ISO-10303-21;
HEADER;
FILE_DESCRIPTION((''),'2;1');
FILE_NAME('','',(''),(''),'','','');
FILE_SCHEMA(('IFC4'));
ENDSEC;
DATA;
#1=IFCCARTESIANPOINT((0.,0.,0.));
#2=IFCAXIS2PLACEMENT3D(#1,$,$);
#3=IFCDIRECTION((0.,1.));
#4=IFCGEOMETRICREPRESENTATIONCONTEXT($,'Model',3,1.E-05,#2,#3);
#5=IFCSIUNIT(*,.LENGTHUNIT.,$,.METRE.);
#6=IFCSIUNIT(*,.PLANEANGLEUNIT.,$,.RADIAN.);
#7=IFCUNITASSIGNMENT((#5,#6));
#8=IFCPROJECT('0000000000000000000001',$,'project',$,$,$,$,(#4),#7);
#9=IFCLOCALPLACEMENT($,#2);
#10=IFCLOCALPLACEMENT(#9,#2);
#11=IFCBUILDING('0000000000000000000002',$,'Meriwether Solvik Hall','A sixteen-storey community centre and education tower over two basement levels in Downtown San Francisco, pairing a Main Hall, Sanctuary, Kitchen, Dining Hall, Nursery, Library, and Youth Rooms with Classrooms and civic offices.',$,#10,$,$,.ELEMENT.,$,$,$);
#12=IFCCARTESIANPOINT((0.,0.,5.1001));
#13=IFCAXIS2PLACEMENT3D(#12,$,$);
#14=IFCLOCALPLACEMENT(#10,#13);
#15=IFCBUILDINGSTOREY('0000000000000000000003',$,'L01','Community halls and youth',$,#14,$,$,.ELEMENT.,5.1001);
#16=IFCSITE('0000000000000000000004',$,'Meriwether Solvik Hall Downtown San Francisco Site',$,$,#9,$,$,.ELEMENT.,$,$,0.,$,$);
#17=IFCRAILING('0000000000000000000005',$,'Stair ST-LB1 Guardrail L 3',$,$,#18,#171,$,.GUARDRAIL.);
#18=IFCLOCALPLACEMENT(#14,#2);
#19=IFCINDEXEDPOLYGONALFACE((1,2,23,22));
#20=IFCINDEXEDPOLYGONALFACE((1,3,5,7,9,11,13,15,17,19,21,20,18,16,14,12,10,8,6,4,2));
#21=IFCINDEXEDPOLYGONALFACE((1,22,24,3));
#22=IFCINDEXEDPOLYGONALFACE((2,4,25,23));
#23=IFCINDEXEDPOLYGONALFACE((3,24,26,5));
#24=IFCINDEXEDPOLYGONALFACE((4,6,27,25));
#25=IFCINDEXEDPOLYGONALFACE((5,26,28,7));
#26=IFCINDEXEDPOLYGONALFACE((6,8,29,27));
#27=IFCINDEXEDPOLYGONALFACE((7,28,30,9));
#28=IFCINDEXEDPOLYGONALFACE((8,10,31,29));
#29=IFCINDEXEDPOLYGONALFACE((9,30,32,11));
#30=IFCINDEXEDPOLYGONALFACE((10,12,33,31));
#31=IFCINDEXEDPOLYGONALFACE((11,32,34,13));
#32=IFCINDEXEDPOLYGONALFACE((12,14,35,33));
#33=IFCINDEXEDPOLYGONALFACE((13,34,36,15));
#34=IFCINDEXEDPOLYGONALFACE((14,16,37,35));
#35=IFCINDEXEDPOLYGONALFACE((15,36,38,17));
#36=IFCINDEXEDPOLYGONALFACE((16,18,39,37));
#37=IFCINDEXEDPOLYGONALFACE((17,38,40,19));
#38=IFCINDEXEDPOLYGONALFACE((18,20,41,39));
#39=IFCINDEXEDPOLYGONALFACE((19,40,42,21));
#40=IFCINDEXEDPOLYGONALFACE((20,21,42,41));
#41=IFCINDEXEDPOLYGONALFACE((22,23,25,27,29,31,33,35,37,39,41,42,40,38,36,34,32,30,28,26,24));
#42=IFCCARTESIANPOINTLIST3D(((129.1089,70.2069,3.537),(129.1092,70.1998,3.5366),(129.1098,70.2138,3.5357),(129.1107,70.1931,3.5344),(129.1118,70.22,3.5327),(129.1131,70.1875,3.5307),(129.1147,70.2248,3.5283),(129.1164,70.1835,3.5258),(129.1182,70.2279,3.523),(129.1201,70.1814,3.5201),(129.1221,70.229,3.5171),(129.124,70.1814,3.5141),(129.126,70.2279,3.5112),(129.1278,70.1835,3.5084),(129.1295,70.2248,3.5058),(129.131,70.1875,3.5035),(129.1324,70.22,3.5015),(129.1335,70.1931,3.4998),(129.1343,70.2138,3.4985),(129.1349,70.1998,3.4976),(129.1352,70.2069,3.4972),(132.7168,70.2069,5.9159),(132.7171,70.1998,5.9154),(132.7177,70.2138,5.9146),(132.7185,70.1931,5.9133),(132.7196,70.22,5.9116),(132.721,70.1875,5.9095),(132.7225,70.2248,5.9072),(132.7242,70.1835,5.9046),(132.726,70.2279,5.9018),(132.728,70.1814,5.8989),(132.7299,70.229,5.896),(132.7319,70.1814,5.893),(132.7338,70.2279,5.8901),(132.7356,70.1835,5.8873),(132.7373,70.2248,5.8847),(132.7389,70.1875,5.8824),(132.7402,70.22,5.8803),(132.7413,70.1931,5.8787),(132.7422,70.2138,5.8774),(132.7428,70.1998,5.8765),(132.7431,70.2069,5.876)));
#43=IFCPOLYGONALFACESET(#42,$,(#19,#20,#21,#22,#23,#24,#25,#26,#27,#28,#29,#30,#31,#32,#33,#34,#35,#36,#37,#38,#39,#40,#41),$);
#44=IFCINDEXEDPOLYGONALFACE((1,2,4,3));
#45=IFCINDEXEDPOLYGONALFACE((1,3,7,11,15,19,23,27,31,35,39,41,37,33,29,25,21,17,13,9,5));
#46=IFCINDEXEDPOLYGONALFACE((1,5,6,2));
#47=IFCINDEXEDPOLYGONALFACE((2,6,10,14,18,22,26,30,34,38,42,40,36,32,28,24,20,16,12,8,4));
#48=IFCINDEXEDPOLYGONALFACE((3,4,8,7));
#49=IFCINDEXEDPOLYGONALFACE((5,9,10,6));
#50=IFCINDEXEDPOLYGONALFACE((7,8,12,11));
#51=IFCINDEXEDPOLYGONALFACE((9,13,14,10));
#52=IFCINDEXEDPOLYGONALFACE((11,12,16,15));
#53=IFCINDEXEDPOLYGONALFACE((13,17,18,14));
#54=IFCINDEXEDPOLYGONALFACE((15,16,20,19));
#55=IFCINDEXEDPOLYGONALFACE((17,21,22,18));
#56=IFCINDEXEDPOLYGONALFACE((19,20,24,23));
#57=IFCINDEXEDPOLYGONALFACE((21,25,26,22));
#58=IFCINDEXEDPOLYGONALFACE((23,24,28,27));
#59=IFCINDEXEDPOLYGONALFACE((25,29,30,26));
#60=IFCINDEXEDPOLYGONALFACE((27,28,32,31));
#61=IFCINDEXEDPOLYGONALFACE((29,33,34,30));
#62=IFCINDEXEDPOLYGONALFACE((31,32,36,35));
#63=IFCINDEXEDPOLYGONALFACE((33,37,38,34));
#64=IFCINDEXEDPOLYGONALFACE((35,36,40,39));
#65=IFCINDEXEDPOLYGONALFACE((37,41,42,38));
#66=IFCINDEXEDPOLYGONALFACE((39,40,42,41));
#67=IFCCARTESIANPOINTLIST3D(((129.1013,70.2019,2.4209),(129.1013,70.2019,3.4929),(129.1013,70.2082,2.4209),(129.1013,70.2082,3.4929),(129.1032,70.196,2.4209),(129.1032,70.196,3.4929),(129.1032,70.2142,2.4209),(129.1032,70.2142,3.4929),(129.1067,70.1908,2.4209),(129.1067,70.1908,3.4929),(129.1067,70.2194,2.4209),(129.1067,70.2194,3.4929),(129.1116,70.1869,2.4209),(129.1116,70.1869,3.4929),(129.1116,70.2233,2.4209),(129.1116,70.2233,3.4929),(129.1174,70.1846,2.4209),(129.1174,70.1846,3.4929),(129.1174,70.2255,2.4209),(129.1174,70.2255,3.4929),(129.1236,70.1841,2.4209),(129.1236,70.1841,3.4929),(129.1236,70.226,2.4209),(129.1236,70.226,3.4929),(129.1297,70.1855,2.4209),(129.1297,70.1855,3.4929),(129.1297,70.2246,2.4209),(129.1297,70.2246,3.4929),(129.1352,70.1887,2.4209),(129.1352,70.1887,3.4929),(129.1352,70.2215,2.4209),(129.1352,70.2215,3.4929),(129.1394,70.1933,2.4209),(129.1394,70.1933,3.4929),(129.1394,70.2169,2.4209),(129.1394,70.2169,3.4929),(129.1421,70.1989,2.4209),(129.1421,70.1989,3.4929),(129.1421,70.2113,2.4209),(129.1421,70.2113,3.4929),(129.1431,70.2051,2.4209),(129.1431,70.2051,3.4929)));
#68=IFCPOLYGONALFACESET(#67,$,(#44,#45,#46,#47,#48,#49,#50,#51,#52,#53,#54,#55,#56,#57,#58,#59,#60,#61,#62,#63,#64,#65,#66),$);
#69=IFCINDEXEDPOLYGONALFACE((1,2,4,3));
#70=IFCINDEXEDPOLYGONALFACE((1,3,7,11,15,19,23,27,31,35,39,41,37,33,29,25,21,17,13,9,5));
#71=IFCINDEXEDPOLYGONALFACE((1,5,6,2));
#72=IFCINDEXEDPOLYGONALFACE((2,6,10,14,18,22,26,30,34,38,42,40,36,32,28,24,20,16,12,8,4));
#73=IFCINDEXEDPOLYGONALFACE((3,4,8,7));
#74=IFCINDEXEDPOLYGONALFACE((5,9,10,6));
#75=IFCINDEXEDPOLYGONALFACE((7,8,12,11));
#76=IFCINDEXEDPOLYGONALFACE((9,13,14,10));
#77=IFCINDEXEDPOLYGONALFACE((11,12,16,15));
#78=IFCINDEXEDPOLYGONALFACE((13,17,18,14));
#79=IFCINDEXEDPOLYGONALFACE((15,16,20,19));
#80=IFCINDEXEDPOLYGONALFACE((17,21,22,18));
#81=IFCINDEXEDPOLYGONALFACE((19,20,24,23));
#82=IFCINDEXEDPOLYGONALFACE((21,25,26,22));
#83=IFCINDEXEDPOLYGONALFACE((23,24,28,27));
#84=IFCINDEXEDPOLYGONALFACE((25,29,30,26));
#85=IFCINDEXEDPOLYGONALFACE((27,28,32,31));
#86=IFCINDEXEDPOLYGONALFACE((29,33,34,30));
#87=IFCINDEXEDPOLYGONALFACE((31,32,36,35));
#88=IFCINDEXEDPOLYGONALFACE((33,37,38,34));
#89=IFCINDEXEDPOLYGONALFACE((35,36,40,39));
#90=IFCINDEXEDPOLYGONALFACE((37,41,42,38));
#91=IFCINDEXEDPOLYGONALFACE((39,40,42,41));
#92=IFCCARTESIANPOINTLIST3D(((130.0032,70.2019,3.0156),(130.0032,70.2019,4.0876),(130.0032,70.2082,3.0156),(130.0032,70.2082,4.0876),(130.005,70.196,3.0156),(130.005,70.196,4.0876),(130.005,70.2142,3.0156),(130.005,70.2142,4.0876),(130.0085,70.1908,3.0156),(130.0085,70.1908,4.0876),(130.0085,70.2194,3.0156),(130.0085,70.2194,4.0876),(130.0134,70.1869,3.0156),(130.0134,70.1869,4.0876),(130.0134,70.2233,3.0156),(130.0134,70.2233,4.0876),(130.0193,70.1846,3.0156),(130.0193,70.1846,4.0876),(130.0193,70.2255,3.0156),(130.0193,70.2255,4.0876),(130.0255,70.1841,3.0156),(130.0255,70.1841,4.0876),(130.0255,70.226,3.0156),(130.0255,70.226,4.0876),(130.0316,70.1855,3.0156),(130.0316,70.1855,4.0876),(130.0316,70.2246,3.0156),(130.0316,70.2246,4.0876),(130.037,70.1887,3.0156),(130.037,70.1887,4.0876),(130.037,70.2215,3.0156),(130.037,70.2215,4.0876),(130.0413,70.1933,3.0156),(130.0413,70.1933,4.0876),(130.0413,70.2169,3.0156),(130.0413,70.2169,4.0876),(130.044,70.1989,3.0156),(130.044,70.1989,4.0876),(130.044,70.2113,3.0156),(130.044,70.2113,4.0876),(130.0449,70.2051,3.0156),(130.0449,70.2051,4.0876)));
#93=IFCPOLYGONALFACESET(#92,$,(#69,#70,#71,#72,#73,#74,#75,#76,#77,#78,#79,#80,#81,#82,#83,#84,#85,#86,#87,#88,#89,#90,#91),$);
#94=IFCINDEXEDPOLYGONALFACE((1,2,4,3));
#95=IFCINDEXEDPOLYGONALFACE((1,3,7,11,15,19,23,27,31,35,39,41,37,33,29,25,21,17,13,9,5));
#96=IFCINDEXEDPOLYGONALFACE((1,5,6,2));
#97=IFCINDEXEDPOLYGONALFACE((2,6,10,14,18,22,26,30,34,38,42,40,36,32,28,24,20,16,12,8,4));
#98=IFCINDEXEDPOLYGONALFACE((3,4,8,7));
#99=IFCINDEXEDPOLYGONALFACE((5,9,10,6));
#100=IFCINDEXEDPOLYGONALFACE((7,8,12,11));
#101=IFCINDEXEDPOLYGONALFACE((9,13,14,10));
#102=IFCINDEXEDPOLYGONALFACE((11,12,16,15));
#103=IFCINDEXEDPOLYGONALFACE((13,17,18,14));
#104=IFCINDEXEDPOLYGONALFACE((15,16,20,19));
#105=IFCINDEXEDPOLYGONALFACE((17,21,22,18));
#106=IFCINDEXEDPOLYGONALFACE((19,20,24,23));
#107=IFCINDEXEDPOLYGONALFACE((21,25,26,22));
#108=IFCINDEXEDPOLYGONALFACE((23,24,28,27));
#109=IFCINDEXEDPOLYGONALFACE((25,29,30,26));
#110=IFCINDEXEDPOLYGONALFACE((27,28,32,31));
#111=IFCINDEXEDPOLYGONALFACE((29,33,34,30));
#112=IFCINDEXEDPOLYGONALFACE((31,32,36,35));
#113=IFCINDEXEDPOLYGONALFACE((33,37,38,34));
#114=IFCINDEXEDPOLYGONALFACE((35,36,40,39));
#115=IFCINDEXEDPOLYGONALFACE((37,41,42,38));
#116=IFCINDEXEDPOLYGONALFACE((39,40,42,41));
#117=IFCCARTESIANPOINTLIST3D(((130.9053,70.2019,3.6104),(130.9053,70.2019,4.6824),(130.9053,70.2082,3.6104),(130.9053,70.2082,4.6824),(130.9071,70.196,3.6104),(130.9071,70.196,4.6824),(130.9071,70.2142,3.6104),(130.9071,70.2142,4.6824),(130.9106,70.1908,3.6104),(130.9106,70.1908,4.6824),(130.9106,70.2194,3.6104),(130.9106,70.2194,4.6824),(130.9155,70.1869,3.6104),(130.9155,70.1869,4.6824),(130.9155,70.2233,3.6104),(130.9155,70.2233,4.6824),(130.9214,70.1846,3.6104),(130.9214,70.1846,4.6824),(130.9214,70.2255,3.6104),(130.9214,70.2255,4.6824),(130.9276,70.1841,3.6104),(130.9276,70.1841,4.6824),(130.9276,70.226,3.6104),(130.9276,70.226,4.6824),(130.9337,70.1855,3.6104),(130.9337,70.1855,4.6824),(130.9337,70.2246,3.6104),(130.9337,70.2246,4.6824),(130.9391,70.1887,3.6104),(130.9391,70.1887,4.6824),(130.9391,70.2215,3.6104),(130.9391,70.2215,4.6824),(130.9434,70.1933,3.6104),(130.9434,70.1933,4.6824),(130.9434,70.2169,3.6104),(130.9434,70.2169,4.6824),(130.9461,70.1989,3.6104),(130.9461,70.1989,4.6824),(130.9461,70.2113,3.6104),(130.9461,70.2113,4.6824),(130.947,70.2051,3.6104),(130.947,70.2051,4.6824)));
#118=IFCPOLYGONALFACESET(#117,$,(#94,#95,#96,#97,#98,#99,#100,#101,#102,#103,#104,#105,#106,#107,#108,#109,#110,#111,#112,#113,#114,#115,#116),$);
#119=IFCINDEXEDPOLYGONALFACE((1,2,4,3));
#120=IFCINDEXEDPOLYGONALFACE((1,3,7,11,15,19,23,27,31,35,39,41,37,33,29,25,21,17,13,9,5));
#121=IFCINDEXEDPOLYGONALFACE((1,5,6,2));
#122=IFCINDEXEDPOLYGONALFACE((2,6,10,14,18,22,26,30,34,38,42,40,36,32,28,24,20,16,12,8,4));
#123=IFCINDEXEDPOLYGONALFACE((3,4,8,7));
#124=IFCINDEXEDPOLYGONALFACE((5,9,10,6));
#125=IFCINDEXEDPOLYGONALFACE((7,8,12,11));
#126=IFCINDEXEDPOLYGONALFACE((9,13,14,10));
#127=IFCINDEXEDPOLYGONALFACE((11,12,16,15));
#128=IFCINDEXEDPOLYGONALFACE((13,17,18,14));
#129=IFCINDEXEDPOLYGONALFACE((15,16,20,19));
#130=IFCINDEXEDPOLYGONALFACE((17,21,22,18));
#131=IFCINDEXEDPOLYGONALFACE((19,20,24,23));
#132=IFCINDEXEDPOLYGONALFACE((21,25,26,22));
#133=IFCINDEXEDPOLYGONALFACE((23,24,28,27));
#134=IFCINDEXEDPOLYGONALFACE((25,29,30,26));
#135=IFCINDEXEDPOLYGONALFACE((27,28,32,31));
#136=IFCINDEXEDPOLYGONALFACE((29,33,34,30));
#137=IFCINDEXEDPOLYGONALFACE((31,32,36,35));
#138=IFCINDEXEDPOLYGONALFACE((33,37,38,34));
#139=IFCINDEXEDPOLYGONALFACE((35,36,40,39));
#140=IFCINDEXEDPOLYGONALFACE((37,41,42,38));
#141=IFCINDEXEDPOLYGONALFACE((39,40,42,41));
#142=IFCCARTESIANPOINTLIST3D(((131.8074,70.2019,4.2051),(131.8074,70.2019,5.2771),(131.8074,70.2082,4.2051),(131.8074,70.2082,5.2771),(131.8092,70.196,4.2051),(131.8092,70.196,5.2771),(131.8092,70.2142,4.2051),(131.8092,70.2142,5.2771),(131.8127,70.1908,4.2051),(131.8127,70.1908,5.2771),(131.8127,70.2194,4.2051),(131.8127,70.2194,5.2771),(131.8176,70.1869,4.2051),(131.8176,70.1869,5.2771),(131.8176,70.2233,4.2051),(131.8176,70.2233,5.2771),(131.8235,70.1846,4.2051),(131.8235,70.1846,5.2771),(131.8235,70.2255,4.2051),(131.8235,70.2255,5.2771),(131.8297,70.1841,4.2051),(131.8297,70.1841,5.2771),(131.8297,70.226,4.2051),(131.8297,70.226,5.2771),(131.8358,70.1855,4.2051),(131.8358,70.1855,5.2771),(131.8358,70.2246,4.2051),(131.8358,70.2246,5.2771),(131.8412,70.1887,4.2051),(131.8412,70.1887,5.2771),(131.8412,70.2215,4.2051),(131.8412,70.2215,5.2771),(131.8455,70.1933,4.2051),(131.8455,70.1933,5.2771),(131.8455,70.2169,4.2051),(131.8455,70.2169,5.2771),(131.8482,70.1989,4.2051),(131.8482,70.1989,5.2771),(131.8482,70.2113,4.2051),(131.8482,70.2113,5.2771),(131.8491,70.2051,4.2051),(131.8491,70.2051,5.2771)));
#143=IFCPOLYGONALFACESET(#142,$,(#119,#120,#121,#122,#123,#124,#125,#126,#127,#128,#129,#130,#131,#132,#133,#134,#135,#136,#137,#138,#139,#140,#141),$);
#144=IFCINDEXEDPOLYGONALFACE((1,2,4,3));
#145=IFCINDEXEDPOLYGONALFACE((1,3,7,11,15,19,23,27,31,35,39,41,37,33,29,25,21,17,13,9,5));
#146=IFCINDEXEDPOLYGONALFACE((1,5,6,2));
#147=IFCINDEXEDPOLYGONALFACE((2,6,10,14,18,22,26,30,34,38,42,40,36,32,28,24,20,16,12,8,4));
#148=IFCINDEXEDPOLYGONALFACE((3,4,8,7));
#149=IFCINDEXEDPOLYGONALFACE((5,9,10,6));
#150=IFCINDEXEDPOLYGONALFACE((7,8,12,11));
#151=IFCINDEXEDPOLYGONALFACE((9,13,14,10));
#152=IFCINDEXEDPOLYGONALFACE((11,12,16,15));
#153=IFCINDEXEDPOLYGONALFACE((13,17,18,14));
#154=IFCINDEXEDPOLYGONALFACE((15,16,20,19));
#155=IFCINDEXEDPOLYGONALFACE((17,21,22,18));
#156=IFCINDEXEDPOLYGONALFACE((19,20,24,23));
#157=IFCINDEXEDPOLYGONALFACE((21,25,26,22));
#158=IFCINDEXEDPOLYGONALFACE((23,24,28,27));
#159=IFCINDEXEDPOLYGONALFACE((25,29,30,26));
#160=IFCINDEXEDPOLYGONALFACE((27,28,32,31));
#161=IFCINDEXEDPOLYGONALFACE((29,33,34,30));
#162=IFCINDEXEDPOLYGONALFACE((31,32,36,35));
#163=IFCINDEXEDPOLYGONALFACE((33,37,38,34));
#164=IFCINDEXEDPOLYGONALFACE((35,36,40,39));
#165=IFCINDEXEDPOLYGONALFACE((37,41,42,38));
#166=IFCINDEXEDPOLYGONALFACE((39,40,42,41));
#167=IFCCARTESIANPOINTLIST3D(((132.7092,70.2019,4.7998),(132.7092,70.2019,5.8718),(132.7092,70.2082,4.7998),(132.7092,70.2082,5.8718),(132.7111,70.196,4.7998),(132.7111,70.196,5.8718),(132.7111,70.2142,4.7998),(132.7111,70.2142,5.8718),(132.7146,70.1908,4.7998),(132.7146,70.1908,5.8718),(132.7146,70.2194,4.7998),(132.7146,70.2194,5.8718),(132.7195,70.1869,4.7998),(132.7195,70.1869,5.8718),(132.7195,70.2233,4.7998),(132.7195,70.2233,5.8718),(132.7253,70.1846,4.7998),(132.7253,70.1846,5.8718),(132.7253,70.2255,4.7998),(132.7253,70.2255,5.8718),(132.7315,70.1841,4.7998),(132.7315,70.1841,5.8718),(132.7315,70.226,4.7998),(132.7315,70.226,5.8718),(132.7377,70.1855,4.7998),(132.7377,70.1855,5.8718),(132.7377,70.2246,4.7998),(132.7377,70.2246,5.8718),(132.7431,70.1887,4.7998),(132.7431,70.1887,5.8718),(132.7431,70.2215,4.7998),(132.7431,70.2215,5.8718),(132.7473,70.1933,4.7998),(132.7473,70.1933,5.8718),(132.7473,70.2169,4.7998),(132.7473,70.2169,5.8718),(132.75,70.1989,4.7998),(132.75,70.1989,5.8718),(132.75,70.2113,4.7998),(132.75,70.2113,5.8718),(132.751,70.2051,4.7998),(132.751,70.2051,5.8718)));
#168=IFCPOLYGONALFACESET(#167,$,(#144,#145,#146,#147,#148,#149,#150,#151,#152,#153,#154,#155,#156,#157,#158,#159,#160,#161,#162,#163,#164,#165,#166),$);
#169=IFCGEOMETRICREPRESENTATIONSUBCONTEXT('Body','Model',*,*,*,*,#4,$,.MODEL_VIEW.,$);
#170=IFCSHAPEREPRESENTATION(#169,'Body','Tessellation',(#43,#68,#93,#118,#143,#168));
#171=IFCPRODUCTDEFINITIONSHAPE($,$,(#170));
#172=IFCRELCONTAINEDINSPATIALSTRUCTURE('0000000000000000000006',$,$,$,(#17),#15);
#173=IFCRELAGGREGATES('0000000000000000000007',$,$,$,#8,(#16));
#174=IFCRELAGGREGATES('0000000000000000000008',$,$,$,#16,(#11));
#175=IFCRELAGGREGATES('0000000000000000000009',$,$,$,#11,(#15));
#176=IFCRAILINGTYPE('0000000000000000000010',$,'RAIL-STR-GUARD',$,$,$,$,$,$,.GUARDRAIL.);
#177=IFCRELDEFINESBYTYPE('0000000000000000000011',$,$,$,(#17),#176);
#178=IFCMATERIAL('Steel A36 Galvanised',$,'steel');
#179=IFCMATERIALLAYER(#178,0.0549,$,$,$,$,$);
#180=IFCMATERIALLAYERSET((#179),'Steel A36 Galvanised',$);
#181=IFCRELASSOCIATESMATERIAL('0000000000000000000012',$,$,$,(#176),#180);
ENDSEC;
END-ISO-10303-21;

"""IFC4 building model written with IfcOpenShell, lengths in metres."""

from ifc_helpers import new_model, si_unit, direction, frame, origin, origin_2d, place, context, subcontext, project, spatial, circle, extrude, material, layer, layer_set, type_object, element, save


model = new_model("IFC4")

# Units and contexts
model_context = context("Model", 3, precision=1e-05, world=origin(), true_north=direction((0.0, 1.0)))
body_context = subcontext(model_context, "Body", "Model", "MODEL_VIEW")
ifc_project = project(units=[si_unit("LENGTHUNIT", "METRE"), si_unit("PLANEANGLEUNIT", "RADIAN")], contexts=[model_context])

# Site, building, storey
site_placement = place(None, origin())
site = spatial("IfcSite", under=ifc_project, at=site_placement, Name="Meriwether Solvik Hall Downtown San Francisco Site", CompositionType="ELEMENT", RefElevation=0.0)
building_placement = place(site_placement, origin())
building = spatial("IfcBuilding", under=site, at=building_placement, Name="Meriwether Solvik Hall", Description="A sixteen-storey community centre and education tower over two basement levels in Downtown San Francisco, pairing a Main Hall, Sanctuary, Kitchen, Dining Hall, Nursery, Library, and Youth Rooms with Classrooms and civic offices.", CompositionType="ELEMENT")
storey_placement = place(building_placement, frame((0.0, 0.0, 5.1001)))
storey = spatial("IfcBuildingStorey", under=building, at=storey_placement, Name="L01", Description="Community halls and youth", CompositionType="ELEMENT", Elevation=5.1001)

# Railing
ifc_material_1 = material(Name="Steel A36 Galvanised", Category="steel")
ifc_layer_1 = layer(ifc_material_1, 0.0549)
ifc_layer_set_1 = layer_set([ifc_layer_1], Name="Steel A36 Galvanised")
railing_type_1 = type_object("IfcRailingType", Name="RAIL-STR-GUARD", PredefinedType="GUARDRAIL", material=ifc_layer_set_1)
railing_1_placement = place(storey_placement, frame((129.1221, 70.2051, 2.4209)))
element("IfcRailing", 1, at=railing_1_placement, inside=storey, type_object=railing_type_1, Name="Stair ST-LB1 Guardrail L 3", PredefinedType="GUARDRAIL", context=body_context, shape_type="SweptSolid", body=[
    extrude(circle(Radius=0.0239, at=origin_2d()), frame((0.0, 0.0, 1.0962), z_axis=(0.834856, 0.0, 0.550469), x_axis=(0.0, 1.0, 0.0)), (0.0, 0.0, 1.0), 4.3215),
    extrude(circle(Radius=0.021, at=origin_2d()), origin(), (0.0, 0.0, 1.0), 1.072),
    extrude(circle(Radius=0.021, at=origin_2d()), frame((0.9019, 0.0, 0.5947)), (0.0, 0.0, 1.0), 1.072),
    extrude(circle(Radius=0.021, at=origin_2d()), frame((1.804, 0.0, 1.1895)), (0.0, 0.0, 1.0), 1.072),
    extrude(circle(Radius=0.021, at=origin_2d()), frame((2.7061, 0.0, 1.7842)), (0.0, 0.0, 1.0), 1.072),
    extrude(circle(Radius=0.021, at=origin_2d()), frame((3.6079, 0.0, 2.3789)), (0.0, 0.0, 1.0), 1.072),
])

save(model, "model.ifc")
